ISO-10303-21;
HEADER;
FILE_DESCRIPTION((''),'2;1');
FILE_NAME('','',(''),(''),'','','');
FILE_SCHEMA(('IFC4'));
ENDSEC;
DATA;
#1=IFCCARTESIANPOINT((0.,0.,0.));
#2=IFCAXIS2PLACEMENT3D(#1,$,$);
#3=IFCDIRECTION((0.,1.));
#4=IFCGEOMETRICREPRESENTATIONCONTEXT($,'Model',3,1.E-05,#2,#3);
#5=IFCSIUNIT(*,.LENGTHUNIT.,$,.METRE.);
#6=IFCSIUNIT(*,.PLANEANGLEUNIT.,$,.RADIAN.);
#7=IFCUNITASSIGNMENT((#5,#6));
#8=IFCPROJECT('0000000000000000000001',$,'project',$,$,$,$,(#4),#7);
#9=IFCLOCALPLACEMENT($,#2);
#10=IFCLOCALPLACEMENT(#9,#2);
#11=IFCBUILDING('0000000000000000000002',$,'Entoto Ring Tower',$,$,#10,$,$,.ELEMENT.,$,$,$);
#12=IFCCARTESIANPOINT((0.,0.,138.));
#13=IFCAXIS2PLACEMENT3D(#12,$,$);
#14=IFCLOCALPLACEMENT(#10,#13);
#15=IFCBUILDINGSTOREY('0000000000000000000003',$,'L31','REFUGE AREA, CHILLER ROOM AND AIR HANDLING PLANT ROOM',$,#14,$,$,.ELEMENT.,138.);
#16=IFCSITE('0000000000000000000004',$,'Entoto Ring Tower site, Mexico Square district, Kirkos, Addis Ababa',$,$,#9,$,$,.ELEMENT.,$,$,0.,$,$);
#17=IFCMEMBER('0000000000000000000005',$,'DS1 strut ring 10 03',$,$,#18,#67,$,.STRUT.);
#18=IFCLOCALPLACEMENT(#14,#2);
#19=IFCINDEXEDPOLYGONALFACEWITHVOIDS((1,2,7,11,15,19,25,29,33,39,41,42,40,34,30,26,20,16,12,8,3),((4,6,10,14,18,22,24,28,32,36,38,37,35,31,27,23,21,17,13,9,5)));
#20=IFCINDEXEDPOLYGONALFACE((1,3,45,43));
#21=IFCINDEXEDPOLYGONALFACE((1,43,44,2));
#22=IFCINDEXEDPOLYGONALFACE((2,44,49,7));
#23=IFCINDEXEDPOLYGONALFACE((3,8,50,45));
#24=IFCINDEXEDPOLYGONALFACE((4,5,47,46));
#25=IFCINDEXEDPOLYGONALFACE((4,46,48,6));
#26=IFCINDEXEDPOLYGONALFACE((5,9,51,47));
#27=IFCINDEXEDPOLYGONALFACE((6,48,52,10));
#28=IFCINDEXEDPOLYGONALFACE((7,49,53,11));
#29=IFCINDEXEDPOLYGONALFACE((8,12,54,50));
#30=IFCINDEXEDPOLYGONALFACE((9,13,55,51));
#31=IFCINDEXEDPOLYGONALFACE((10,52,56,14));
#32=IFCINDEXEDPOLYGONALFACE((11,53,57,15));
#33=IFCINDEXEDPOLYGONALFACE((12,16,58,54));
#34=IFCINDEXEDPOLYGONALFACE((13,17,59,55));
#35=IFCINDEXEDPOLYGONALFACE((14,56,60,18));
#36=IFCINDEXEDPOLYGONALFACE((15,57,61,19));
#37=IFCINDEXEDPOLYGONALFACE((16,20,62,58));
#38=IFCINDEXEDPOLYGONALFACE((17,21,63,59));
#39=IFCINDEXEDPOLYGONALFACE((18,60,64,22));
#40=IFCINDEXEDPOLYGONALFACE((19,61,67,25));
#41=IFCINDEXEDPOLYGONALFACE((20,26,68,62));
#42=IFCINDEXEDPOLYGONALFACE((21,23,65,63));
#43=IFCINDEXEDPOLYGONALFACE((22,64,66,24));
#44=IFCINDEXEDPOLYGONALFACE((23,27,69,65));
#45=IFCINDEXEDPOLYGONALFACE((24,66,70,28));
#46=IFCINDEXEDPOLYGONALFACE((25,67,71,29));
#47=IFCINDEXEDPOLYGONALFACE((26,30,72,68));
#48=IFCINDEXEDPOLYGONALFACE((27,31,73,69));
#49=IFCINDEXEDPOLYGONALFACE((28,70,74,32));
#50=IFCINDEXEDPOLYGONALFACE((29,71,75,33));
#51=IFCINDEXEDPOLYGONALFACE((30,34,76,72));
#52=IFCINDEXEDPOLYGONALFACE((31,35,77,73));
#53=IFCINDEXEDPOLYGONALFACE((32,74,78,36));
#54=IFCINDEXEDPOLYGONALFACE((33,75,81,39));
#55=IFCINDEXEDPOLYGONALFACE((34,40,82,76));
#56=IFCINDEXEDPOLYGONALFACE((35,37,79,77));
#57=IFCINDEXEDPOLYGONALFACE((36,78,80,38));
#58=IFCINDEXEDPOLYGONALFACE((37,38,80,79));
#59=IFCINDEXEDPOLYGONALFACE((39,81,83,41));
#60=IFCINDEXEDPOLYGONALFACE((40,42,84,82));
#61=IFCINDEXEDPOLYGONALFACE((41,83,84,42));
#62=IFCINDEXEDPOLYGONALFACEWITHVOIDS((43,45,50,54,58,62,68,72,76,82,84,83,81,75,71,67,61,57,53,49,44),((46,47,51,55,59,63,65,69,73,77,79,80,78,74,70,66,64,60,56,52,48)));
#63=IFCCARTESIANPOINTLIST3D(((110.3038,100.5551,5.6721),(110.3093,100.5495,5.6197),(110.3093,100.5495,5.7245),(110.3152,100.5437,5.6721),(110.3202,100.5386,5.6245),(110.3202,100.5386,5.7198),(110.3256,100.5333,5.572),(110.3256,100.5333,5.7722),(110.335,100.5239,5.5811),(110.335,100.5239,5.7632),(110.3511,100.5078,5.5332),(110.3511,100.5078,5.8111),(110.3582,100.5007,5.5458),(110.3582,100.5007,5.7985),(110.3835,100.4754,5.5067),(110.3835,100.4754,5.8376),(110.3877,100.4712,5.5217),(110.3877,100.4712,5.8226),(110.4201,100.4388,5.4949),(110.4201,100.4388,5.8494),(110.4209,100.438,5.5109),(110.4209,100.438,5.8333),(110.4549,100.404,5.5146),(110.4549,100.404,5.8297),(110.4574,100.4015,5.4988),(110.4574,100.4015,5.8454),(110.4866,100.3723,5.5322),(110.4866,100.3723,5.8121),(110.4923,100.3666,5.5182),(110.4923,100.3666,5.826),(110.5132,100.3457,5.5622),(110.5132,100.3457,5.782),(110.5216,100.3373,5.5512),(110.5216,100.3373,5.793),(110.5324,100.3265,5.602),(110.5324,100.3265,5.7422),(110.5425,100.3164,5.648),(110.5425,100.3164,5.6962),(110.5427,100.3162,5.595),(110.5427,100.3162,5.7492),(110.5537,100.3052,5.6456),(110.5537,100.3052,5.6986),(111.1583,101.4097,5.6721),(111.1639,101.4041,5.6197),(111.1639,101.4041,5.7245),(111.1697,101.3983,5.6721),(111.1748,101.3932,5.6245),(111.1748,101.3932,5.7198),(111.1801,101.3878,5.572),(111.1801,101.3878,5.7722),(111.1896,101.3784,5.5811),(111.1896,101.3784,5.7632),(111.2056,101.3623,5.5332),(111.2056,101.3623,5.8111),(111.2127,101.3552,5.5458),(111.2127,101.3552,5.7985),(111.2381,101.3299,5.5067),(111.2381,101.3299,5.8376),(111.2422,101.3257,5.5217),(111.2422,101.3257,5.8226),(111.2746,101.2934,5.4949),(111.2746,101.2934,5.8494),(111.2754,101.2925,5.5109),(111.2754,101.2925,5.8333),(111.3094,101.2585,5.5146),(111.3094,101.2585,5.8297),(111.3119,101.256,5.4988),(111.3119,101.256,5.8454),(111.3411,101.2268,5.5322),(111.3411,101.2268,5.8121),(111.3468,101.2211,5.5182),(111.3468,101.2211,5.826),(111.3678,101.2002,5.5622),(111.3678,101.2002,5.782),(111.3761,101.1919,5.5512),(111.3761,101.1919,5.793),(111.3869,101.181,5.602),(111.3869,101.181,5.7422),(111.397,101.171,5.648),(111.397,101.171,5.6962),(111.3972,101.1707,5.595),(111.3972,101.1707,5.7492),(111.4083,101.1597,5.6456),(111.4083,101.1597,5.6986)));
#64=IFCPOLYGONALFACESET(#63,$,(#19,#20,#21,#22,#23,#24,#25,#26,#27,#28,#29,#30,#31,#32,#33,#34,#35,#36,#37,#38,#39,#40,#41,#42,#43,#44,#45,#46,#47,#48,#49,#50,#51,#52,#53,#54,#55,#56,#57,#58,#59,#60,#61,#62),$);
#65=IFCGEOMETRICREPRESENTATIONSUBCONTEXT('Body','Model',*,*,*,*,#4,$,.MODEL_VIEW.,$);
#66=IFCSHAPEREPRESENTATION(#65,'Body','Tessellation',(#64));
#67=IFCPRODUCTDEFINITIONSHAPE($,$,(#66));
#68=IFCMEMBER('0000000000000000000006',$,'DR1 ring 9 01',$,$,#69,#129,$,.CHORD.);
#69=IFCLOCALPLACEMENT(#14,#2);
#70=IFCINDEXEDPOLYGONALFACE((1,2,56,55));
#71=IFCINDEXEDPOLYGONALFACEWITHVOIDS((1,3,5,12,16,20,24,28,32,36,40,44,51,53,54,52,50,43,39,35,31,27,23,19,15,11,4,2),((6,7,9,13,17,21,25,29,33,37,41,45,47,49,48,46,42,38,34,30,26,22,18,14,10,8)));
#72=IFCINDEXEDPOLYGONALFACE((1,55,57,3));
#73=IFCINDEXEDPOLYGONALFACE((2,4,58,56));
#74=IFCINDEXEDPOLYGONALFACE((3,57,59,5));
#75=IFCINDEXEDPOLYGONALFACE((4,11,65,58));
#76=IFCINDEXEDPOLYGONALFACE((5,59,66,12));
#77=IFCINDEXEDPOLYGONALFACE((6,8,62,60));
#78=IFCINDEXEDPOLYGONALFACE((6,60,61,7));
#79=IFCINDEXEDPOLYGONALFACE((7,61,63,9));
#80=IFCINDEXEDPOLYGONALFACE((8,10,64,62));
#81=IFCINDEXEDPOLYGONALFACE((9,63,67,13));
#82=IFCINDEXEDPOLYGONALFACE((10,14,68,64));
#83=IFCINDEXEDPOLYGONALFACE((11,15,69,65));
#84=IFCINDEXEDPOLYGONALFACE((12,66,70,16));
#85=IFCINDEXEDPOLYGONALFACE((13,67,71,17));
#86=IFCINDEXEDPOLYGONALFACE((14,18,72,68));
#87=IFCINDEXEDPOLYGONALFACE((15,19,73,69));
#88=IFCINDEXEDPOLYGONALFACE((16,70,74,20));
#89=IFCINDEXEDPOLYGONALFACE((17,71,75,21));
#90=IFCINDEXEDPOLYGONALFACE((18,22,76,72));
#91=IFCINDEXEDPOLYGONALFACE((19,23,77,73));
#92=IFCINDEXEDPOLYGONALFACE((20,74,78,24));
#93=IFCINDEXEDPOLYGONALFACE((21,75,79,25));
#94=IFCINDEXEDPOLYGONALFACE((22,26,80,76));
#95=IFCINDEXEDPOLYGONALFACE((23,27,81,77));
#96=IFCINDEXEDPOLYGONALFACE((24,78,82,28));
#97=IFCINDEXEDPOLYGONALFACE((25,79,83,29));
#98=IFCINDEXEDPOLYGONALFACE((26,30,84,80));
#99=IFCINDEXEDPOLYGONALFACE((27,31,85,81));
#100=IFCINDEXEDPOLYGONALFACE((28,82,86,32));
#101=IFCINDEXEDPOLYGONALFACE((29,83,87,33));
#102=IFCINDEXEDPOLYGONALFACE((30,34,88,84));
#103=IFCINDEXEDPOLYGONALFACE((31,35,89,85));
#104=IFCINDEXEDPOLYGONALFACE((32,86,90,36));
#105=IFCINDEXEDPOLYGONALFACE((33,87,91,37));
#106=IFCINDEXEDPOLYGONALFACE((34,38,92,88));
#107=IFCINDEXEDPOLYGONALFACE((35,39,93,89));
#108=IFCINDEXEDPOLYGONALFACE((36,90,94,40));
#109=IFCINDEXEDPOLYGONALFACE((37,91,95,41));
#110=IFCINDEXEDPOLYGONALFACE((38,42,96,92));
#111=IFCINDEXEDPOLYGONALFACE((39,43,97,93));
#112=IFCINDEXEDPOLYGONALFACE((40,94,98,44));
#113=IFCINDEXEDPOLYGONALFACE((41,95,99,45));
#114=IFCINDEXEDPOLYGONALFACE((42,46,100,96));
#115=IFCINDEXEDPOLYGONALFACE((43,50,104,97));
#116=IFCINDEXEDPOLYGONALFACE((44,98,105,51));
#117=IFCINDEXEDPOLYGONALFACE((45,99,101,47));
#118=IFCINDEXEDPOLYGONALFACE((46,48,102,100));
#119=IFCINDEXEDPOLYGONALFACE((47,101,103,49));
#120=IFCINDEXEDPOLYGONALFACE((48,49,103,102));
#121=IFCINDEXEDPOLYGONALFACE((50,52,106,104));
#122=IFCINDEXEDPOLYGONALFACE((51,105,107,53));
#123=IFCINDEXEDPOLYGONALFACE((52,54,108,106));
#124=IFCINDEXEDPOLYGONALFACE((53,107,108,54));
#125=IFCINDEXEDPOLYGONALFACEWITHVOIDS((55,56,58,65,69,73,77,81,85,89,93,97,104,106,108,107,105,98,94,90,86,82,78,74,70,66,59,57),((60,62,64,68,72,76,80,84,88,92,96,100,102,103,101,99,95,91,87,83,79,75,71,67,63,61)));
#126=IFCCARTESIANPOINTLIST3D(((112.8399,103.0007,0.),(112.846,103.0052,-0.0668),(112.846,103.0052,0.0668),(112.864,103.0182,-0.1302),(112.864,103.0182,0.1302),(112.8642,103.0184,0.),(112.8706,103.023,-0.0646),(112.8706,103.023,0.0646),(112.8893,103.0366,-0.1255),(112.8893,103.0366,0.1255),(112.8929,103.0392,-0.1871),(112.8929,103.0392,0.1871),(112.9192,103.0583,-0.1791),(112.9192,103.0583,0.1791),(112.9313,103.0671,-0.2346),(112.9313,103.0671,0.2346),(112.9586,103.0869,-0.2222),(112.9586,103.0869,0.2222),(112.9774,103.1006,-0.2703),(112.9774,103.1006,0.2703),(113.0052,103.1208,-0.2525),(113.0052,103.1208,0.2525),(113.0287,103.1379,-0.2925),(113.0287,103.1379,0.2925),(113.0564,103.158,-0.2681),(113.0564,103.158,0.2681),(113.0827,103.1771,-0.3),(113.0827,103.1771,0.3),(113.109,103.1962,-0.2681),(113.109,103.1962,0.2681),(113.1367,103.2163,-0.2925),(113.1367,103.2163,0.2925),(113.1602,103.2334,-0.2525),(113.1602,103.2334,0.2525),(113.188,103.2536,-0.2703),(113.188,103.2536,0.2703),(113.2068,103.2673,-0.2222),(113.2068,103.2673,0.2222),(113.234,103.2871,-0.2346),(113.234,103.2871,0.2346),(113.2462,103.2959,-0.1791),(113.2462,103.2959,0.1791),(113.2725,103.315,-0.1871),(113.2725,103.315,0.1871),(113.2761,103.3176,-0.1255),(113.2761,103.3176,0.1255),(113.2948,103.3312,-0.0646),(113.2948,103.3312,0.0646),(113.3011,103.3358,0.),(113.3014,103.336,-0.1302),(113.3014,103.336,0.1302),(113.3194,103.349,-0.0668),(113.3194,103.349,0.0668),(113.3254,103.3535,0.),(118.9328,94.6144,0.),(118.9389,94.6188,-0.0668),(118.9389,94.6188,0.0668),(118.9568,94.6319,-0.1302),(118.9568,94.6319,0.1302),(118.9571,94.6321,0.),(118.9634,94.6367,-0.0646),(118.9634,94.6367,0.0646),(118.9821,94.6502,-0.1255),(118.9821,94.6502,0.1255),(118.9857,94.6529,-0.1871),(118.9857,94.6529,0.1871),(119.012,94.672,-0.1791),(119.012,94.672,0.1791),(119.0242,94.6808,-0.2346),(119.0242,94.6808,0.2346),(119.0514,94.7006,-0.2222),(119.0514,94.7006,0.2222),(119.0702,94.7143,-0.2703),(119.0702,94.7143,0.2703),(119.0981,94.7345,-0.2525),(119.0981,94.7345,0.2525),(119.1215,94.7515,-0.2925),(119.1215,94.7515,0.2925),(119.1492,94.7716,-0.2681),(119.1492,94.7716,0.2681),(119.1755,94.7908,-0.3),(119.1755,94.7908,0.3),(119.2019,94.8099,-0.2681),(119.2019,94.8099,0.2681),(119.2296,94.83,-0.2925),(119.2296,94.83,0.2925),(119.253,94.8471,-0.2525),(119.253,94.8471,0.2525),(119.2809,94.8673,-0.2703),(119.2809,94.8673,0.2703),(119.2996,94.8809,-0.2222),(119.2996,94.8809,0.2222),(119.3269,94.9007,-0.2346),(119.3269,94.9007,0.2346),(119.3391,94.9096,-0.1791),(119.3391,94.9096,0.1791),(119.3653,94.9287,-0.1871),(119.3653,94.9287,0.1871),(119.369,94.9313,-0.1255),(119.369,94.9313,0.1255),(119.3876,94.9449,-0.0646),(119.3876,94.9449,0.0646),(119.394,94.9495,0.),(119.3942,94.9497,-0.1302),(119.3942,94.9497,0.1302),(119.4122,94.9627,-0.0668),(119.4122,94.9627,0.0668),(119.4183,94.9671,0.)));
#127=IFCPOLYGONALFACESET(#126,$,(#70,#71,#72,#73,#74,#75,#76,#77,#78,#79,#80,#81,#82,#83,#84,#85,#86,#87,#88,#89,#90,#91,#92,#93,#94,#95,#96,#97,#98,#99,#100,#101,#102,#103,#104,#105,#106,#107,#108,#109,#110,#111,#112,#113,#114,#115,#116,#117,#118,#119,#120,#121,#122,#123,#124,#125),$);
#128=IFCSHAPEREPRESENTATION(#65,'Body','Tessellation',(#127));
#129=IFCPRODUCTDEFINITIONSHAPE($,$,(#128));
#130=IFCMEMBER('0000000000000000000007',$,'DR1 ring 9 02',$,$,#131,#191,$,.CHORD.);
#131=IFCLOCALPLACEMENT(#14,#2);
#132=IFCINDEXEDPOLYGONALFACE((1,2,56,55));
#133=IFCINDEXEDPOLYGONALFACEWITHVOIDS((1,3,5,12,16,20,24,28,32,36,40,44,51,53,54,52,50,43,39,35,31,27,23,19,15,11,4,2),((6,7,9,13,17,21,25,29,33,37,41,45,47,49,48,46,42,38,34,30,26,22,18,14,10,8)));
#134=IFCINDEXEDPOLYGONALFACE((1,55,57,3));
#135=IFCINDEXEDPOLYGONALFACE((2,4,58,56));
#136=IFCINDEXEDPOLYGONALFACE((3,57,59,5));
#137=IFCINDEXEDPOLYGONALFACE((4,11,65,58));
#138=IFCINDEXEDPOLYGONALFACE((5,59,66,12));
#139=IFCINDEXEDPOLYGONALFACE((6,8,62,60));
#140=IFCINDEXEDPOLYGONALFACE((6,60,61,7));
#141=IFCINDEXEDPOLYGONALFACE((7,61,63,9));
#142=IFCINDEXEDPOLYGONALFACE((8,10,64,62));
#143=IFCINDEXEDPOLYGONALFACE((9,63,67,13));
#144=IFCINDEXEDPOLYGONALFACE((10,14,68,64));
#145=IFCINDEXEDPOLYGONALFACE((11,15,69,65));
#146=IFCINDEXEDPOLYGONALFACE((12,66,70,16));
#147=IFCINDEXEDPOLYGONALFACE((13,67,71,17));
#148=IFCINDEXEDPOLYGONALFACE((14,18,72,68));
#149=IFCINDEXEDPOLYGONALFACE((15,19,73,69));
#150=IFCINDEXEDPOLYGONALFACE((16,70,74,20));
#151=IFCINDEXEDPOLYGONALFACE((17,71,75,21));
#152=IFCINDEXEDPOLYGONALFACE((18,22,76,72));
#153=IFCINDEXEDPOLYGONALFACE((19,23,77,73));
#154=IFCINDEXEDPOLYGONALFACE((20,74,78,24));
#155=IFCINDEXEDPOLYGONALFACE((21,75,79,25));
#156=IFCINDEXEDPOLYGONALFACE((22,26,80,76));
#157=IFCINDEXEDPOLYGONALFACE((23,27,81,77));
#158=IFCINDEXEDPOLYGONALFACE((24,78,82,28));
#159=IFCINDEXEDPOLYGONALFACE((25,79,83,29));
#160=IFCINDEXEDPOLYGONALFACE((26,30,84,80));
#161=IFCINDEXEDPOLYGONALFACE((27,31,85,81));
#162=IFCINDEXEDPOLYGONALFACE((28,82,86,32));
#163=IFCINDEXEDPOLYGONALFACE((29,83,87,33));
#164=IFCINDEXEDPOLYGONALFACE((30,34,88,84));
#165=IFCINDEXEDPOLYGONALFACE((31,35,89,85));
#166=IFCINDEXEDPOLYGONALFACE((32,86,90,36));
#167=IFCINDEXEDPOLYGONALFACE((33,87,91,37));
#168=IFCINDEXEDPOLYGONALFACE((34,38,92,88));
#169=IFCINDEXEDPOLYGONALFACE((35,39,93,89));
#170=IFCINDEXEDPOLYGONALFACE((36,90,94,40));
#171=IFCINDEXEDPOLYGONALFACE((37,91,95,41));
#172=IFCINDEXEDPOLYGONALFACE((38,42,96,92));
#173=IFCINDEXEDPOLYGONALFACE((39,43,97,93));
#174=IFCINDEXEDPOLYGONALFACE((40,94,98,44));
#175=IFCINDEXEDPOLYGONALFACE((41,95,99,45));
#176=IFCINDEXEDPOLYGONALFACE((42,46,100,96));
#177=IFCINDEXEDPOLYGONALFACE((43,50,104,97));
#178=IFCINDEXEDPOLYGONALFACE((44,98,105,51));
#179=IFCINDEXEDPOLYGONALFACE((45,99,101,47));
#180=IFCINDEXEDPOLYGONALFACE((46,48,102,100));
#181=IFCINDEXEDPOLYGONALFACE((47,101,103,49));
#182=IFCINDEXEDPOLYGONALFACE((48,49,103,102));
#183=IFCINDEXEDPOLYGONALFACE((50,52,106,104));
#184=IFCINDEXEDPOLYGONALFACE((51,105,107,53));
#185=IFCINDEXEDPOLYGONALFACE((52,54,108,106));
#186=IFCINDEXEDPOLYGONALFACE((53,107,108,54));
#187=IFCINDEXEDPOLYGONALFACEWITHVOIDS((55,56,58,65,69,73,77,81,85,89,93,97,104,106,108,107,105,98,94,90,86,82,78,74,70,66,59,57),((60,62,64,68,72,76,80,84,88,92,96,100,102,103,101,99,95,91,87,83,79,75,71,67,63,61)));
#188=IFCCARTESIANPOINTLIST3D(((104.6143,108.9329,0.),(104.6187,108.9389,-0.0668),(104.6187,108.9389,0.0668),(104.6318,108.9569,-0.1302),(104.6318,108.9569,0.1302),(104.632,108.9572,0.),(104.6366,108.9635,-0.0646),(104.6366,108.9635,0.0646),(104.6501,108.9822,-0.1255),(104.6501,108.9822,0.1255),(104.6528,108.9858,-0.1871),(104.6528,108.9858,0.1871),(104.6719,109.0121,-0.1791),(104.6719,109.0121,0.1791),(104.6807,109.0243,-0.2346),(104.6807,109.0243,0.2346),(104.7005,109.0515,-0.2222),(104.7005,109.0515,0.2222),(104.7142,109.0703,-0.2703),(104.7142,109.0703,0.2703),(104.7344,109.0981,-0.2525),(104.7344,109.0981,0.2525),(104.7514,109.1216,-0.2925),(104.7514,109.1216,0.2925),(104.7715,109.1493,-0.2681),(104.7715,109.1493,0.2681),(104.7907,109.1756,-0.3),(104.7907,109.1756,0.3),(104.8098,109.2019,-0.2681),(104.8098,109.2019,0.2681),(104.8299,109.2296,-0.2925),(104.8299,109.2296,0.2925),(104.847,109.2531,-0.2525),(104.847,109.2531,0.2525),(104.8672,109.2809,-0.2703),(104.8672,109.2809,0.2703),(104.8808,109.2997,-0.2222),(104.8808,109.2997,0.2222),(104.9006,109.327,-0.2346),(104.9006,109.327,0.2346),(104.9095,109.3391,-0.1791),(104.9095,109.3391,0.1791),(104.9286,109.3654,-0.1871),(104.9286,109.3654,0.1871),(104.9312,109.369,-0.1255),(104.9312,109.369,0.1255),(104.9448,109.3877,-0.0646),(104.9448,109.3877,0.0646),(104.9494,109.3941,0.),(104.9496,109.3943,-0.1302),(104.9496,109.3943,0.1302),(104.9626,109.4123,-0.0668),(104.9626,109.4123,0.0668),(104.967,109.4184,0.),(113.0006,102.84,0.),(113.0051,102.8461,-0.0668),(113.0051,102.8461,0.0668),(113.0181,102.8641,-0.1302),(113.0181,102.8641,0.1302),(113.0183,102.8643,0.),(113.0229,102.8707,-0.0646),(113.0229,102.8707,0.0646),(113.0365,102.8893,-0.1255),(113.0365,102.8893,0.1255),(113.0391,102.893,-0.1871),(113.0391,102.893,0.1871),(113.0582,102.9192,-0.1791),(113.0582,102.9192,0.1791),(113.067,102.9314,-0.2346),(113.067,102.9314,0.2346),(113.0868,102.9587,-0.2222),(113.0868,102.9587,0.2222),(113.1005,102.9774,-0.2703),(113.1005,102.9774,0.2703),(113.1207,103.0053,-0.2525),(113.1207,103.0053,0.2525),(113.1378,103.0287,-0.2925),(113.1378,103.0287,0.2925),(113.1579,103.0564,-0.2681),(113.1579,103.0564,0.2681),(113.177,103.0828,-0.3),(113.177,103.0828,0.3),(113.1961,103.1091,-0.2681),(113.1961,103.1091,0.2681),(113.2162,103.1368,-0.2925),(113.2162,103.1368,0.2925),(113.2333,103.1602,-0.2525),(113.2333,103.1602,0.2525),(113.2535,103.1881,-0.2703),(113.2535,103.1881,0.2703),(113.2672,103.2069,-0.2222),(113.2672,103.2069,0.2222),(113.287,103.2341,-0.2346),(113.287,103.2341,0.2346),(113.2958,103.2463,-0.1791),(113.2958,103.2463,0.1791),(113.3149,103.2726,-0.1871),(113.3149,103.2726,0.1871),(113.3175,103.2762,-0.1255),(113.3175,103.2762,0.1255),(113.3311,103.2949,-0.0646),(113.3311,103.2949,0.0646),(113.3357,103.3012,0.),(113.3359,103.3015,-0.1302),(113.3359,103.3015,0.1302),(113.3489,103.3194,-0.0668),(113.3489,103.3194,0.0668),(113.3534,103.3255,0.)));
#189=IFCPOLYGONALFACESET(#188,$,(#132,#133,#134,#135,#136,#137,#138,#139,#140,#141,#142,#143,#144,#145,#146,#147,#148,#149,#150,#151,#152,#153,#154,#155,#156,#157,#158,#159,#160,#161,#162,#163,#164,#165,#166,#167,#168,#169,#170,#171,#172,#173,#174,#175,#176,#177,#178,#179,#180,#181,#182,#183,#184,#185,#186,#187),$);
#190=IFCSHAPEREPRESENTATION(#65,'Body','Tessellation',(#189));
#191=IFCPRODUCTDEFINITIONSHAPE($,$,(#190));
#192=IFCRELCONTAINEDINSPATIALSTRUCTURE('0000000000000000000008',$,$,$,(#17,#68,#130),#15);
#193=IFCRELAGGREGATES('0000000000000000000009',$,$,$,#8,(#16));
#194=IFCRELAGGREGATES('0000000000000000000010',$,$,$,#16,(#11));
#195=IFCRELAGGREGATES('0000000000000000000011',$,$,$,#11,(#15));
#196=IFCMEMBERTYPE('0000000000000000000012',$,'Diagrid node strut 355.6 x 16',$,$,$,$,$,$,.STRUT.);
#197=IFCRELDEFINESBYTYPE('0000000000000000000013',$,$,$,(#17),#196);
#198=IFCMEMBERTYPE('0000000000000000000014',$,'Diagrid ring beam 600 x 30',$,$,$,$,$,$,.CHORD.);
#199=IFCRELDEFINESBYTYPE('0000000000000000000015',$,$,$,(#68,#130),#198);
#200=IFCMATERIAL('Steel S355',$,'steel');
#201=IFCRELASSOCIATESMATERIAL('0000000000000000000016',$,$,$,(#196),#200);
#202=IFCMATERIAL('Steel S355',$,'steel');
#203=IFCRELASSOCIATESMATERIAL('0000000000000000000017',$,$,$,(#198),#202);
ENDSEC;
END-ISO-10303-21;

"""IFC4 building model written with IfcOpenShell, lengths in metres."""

from ifc_helpers import new_model, si_unit, direction, frame, origin, origin_2d, place, context, subcontext, project, spatial, circle, hollow_circle, extrude, material, material_profile, profile_set, type_object, element, save


model = new_model("IFC4")

# Units and contexts
model_context = context("Model", 3, precision=1e-05, world=origin(), true_north=direction((0.0, 1.0)))
body_context = subcontext(model_context, "Body", "Model", "MODEL_VIEW")
ifc_project = project(units=[si_unit("LENGTHUNIT", "METRE"), si_unit("PLANEANGLEUNIT", "RADIAN")], contexts=[model_context])

# Site, building, storey
site_placement = place(None, origin())
site = spatial("IfcSite", under=ifc_project, at=site_placement, Name="Entoto Ring Tower site, Mexico Square district, Kirkos, Addis Ababa", CompositionType="ELEMENT", RefElevation=0.0)
building_placement = place(site_placement, origin())
building = spatial("IfcBuilding", under=site, at=building_placement, Name="Entoto Ring Tower", CompositionType="ELEMENT")
storey_placement = place(building_placement, frame((0.0, 0.0, 138.0)))
storey = spatial("IfcBuildingStorey", under=building, at=storey_placement, Name="L31", Description="REFUGE AREA, CHILLER ROOM AND AIR HANDLING PLANT ROOM", CompositionType="ELEMENT", Elevation=138.0)

# Members
ifc_material_1 = material(Name="Steel S355", Category="steel")
ifc_material_profile_1 = material_profile(ifc_material_1, hollow_circle(Radius=0.1777, WallThickness=0.0161, at=origin_2d()), Name="CHS 355.6 x 16")
ifc_material_2 = material(Name="Concrete C60/75", Category="concrete")
ifc_material_profile_2 = material_profile(ifc_material_2, circle(Radius=0.1619, at=origin_2d()), Name="Concrete C60/75 infill")
ifc_profile_set_1 = profile_set([ifc_material_profile_1, ifc_material_profile_2], Name="Steel S355")
member_type_1 = type_object("IfcMemberType", Name="Diagrid node strut 355.6 x 16", PredefinedType="STRUT", material=ifc_profile_set_1)
member_1_placement = place(storey_placement, frame((110.4294, 100.4294, 5.6721), z_axis=(0.707107, 0.707107, 0.0), x_axis=(-0.707107, 0.707107, 0.0)))
element("IfcMember", 1, at=member_1_placement, inside=storey, type_object=member_type_1, Name="DS1 strut ring 10 03", PredefinedType="STRUT", context=body_context, shape_type="SweptSolid", body=[
    extrude(hollow_circle(Radius=0.1777, WallThickness=0.0161, at=origin_2d()), origin(), (0.0, 0.0, 1.0), 1.2085),
])
ifc_material_3 = material(Name="Steel S355", Category="steel")
ifc_material_profile_3 = material_profile(ifc_material_3, hollow_circle(Radius=0.3, WallThickness=0.03, at=origin_2d()), Name="CHS 600 x 30")
ifc_material_4 = material(Name="Concrete C60/75", Category="concrete")
ifc_material_profile_4 = material_profile(ifc_material_4, circle(Radius=0.27, at=origin_2d()), Name="Concrete C60/75 infill")
ifc_profile_set_2 = profile_set([ifc_material_profile_3, ifc_material_profile_4], Name="Steel S355")
member_type_2 = type_object("IfcMemberType", Name="Diagrid ring beam 600 x 30", PredefinedType="CHORD", material=ifc_profile_set_2)
for number, where, z_axis, x_axis, name in (
    (2, (119.1755, 94.7908, 0.0), (-0.587774, 0.809025, 0.0), (-0.809025, -0.587774, 0.0), "DR1 ring 9 01"),
    (3, (113.177, 103.0828, 0.0), (-0.809025, 0.587774, 0.0), (-0.587774, -0.809025, 0.0), "DR1 ring 9 02"),
):
    element("IfcMember", number, at=place(storey_placement, frame(where, z_axis=z_axis, x_axis=x_axis)), inside=storey, type_object=member_type_2, Name=name, PredefinedType="CHORD", context=body_context, shape_type="SweptSolid", body=[
        extrude(hollow_circle(Radius=0.3, WallThickness=0.03, at=origin_2d()), origin(), (0.0, 0.0, 1.0), 10.366),
    ])

save(model, "model.ifc")
